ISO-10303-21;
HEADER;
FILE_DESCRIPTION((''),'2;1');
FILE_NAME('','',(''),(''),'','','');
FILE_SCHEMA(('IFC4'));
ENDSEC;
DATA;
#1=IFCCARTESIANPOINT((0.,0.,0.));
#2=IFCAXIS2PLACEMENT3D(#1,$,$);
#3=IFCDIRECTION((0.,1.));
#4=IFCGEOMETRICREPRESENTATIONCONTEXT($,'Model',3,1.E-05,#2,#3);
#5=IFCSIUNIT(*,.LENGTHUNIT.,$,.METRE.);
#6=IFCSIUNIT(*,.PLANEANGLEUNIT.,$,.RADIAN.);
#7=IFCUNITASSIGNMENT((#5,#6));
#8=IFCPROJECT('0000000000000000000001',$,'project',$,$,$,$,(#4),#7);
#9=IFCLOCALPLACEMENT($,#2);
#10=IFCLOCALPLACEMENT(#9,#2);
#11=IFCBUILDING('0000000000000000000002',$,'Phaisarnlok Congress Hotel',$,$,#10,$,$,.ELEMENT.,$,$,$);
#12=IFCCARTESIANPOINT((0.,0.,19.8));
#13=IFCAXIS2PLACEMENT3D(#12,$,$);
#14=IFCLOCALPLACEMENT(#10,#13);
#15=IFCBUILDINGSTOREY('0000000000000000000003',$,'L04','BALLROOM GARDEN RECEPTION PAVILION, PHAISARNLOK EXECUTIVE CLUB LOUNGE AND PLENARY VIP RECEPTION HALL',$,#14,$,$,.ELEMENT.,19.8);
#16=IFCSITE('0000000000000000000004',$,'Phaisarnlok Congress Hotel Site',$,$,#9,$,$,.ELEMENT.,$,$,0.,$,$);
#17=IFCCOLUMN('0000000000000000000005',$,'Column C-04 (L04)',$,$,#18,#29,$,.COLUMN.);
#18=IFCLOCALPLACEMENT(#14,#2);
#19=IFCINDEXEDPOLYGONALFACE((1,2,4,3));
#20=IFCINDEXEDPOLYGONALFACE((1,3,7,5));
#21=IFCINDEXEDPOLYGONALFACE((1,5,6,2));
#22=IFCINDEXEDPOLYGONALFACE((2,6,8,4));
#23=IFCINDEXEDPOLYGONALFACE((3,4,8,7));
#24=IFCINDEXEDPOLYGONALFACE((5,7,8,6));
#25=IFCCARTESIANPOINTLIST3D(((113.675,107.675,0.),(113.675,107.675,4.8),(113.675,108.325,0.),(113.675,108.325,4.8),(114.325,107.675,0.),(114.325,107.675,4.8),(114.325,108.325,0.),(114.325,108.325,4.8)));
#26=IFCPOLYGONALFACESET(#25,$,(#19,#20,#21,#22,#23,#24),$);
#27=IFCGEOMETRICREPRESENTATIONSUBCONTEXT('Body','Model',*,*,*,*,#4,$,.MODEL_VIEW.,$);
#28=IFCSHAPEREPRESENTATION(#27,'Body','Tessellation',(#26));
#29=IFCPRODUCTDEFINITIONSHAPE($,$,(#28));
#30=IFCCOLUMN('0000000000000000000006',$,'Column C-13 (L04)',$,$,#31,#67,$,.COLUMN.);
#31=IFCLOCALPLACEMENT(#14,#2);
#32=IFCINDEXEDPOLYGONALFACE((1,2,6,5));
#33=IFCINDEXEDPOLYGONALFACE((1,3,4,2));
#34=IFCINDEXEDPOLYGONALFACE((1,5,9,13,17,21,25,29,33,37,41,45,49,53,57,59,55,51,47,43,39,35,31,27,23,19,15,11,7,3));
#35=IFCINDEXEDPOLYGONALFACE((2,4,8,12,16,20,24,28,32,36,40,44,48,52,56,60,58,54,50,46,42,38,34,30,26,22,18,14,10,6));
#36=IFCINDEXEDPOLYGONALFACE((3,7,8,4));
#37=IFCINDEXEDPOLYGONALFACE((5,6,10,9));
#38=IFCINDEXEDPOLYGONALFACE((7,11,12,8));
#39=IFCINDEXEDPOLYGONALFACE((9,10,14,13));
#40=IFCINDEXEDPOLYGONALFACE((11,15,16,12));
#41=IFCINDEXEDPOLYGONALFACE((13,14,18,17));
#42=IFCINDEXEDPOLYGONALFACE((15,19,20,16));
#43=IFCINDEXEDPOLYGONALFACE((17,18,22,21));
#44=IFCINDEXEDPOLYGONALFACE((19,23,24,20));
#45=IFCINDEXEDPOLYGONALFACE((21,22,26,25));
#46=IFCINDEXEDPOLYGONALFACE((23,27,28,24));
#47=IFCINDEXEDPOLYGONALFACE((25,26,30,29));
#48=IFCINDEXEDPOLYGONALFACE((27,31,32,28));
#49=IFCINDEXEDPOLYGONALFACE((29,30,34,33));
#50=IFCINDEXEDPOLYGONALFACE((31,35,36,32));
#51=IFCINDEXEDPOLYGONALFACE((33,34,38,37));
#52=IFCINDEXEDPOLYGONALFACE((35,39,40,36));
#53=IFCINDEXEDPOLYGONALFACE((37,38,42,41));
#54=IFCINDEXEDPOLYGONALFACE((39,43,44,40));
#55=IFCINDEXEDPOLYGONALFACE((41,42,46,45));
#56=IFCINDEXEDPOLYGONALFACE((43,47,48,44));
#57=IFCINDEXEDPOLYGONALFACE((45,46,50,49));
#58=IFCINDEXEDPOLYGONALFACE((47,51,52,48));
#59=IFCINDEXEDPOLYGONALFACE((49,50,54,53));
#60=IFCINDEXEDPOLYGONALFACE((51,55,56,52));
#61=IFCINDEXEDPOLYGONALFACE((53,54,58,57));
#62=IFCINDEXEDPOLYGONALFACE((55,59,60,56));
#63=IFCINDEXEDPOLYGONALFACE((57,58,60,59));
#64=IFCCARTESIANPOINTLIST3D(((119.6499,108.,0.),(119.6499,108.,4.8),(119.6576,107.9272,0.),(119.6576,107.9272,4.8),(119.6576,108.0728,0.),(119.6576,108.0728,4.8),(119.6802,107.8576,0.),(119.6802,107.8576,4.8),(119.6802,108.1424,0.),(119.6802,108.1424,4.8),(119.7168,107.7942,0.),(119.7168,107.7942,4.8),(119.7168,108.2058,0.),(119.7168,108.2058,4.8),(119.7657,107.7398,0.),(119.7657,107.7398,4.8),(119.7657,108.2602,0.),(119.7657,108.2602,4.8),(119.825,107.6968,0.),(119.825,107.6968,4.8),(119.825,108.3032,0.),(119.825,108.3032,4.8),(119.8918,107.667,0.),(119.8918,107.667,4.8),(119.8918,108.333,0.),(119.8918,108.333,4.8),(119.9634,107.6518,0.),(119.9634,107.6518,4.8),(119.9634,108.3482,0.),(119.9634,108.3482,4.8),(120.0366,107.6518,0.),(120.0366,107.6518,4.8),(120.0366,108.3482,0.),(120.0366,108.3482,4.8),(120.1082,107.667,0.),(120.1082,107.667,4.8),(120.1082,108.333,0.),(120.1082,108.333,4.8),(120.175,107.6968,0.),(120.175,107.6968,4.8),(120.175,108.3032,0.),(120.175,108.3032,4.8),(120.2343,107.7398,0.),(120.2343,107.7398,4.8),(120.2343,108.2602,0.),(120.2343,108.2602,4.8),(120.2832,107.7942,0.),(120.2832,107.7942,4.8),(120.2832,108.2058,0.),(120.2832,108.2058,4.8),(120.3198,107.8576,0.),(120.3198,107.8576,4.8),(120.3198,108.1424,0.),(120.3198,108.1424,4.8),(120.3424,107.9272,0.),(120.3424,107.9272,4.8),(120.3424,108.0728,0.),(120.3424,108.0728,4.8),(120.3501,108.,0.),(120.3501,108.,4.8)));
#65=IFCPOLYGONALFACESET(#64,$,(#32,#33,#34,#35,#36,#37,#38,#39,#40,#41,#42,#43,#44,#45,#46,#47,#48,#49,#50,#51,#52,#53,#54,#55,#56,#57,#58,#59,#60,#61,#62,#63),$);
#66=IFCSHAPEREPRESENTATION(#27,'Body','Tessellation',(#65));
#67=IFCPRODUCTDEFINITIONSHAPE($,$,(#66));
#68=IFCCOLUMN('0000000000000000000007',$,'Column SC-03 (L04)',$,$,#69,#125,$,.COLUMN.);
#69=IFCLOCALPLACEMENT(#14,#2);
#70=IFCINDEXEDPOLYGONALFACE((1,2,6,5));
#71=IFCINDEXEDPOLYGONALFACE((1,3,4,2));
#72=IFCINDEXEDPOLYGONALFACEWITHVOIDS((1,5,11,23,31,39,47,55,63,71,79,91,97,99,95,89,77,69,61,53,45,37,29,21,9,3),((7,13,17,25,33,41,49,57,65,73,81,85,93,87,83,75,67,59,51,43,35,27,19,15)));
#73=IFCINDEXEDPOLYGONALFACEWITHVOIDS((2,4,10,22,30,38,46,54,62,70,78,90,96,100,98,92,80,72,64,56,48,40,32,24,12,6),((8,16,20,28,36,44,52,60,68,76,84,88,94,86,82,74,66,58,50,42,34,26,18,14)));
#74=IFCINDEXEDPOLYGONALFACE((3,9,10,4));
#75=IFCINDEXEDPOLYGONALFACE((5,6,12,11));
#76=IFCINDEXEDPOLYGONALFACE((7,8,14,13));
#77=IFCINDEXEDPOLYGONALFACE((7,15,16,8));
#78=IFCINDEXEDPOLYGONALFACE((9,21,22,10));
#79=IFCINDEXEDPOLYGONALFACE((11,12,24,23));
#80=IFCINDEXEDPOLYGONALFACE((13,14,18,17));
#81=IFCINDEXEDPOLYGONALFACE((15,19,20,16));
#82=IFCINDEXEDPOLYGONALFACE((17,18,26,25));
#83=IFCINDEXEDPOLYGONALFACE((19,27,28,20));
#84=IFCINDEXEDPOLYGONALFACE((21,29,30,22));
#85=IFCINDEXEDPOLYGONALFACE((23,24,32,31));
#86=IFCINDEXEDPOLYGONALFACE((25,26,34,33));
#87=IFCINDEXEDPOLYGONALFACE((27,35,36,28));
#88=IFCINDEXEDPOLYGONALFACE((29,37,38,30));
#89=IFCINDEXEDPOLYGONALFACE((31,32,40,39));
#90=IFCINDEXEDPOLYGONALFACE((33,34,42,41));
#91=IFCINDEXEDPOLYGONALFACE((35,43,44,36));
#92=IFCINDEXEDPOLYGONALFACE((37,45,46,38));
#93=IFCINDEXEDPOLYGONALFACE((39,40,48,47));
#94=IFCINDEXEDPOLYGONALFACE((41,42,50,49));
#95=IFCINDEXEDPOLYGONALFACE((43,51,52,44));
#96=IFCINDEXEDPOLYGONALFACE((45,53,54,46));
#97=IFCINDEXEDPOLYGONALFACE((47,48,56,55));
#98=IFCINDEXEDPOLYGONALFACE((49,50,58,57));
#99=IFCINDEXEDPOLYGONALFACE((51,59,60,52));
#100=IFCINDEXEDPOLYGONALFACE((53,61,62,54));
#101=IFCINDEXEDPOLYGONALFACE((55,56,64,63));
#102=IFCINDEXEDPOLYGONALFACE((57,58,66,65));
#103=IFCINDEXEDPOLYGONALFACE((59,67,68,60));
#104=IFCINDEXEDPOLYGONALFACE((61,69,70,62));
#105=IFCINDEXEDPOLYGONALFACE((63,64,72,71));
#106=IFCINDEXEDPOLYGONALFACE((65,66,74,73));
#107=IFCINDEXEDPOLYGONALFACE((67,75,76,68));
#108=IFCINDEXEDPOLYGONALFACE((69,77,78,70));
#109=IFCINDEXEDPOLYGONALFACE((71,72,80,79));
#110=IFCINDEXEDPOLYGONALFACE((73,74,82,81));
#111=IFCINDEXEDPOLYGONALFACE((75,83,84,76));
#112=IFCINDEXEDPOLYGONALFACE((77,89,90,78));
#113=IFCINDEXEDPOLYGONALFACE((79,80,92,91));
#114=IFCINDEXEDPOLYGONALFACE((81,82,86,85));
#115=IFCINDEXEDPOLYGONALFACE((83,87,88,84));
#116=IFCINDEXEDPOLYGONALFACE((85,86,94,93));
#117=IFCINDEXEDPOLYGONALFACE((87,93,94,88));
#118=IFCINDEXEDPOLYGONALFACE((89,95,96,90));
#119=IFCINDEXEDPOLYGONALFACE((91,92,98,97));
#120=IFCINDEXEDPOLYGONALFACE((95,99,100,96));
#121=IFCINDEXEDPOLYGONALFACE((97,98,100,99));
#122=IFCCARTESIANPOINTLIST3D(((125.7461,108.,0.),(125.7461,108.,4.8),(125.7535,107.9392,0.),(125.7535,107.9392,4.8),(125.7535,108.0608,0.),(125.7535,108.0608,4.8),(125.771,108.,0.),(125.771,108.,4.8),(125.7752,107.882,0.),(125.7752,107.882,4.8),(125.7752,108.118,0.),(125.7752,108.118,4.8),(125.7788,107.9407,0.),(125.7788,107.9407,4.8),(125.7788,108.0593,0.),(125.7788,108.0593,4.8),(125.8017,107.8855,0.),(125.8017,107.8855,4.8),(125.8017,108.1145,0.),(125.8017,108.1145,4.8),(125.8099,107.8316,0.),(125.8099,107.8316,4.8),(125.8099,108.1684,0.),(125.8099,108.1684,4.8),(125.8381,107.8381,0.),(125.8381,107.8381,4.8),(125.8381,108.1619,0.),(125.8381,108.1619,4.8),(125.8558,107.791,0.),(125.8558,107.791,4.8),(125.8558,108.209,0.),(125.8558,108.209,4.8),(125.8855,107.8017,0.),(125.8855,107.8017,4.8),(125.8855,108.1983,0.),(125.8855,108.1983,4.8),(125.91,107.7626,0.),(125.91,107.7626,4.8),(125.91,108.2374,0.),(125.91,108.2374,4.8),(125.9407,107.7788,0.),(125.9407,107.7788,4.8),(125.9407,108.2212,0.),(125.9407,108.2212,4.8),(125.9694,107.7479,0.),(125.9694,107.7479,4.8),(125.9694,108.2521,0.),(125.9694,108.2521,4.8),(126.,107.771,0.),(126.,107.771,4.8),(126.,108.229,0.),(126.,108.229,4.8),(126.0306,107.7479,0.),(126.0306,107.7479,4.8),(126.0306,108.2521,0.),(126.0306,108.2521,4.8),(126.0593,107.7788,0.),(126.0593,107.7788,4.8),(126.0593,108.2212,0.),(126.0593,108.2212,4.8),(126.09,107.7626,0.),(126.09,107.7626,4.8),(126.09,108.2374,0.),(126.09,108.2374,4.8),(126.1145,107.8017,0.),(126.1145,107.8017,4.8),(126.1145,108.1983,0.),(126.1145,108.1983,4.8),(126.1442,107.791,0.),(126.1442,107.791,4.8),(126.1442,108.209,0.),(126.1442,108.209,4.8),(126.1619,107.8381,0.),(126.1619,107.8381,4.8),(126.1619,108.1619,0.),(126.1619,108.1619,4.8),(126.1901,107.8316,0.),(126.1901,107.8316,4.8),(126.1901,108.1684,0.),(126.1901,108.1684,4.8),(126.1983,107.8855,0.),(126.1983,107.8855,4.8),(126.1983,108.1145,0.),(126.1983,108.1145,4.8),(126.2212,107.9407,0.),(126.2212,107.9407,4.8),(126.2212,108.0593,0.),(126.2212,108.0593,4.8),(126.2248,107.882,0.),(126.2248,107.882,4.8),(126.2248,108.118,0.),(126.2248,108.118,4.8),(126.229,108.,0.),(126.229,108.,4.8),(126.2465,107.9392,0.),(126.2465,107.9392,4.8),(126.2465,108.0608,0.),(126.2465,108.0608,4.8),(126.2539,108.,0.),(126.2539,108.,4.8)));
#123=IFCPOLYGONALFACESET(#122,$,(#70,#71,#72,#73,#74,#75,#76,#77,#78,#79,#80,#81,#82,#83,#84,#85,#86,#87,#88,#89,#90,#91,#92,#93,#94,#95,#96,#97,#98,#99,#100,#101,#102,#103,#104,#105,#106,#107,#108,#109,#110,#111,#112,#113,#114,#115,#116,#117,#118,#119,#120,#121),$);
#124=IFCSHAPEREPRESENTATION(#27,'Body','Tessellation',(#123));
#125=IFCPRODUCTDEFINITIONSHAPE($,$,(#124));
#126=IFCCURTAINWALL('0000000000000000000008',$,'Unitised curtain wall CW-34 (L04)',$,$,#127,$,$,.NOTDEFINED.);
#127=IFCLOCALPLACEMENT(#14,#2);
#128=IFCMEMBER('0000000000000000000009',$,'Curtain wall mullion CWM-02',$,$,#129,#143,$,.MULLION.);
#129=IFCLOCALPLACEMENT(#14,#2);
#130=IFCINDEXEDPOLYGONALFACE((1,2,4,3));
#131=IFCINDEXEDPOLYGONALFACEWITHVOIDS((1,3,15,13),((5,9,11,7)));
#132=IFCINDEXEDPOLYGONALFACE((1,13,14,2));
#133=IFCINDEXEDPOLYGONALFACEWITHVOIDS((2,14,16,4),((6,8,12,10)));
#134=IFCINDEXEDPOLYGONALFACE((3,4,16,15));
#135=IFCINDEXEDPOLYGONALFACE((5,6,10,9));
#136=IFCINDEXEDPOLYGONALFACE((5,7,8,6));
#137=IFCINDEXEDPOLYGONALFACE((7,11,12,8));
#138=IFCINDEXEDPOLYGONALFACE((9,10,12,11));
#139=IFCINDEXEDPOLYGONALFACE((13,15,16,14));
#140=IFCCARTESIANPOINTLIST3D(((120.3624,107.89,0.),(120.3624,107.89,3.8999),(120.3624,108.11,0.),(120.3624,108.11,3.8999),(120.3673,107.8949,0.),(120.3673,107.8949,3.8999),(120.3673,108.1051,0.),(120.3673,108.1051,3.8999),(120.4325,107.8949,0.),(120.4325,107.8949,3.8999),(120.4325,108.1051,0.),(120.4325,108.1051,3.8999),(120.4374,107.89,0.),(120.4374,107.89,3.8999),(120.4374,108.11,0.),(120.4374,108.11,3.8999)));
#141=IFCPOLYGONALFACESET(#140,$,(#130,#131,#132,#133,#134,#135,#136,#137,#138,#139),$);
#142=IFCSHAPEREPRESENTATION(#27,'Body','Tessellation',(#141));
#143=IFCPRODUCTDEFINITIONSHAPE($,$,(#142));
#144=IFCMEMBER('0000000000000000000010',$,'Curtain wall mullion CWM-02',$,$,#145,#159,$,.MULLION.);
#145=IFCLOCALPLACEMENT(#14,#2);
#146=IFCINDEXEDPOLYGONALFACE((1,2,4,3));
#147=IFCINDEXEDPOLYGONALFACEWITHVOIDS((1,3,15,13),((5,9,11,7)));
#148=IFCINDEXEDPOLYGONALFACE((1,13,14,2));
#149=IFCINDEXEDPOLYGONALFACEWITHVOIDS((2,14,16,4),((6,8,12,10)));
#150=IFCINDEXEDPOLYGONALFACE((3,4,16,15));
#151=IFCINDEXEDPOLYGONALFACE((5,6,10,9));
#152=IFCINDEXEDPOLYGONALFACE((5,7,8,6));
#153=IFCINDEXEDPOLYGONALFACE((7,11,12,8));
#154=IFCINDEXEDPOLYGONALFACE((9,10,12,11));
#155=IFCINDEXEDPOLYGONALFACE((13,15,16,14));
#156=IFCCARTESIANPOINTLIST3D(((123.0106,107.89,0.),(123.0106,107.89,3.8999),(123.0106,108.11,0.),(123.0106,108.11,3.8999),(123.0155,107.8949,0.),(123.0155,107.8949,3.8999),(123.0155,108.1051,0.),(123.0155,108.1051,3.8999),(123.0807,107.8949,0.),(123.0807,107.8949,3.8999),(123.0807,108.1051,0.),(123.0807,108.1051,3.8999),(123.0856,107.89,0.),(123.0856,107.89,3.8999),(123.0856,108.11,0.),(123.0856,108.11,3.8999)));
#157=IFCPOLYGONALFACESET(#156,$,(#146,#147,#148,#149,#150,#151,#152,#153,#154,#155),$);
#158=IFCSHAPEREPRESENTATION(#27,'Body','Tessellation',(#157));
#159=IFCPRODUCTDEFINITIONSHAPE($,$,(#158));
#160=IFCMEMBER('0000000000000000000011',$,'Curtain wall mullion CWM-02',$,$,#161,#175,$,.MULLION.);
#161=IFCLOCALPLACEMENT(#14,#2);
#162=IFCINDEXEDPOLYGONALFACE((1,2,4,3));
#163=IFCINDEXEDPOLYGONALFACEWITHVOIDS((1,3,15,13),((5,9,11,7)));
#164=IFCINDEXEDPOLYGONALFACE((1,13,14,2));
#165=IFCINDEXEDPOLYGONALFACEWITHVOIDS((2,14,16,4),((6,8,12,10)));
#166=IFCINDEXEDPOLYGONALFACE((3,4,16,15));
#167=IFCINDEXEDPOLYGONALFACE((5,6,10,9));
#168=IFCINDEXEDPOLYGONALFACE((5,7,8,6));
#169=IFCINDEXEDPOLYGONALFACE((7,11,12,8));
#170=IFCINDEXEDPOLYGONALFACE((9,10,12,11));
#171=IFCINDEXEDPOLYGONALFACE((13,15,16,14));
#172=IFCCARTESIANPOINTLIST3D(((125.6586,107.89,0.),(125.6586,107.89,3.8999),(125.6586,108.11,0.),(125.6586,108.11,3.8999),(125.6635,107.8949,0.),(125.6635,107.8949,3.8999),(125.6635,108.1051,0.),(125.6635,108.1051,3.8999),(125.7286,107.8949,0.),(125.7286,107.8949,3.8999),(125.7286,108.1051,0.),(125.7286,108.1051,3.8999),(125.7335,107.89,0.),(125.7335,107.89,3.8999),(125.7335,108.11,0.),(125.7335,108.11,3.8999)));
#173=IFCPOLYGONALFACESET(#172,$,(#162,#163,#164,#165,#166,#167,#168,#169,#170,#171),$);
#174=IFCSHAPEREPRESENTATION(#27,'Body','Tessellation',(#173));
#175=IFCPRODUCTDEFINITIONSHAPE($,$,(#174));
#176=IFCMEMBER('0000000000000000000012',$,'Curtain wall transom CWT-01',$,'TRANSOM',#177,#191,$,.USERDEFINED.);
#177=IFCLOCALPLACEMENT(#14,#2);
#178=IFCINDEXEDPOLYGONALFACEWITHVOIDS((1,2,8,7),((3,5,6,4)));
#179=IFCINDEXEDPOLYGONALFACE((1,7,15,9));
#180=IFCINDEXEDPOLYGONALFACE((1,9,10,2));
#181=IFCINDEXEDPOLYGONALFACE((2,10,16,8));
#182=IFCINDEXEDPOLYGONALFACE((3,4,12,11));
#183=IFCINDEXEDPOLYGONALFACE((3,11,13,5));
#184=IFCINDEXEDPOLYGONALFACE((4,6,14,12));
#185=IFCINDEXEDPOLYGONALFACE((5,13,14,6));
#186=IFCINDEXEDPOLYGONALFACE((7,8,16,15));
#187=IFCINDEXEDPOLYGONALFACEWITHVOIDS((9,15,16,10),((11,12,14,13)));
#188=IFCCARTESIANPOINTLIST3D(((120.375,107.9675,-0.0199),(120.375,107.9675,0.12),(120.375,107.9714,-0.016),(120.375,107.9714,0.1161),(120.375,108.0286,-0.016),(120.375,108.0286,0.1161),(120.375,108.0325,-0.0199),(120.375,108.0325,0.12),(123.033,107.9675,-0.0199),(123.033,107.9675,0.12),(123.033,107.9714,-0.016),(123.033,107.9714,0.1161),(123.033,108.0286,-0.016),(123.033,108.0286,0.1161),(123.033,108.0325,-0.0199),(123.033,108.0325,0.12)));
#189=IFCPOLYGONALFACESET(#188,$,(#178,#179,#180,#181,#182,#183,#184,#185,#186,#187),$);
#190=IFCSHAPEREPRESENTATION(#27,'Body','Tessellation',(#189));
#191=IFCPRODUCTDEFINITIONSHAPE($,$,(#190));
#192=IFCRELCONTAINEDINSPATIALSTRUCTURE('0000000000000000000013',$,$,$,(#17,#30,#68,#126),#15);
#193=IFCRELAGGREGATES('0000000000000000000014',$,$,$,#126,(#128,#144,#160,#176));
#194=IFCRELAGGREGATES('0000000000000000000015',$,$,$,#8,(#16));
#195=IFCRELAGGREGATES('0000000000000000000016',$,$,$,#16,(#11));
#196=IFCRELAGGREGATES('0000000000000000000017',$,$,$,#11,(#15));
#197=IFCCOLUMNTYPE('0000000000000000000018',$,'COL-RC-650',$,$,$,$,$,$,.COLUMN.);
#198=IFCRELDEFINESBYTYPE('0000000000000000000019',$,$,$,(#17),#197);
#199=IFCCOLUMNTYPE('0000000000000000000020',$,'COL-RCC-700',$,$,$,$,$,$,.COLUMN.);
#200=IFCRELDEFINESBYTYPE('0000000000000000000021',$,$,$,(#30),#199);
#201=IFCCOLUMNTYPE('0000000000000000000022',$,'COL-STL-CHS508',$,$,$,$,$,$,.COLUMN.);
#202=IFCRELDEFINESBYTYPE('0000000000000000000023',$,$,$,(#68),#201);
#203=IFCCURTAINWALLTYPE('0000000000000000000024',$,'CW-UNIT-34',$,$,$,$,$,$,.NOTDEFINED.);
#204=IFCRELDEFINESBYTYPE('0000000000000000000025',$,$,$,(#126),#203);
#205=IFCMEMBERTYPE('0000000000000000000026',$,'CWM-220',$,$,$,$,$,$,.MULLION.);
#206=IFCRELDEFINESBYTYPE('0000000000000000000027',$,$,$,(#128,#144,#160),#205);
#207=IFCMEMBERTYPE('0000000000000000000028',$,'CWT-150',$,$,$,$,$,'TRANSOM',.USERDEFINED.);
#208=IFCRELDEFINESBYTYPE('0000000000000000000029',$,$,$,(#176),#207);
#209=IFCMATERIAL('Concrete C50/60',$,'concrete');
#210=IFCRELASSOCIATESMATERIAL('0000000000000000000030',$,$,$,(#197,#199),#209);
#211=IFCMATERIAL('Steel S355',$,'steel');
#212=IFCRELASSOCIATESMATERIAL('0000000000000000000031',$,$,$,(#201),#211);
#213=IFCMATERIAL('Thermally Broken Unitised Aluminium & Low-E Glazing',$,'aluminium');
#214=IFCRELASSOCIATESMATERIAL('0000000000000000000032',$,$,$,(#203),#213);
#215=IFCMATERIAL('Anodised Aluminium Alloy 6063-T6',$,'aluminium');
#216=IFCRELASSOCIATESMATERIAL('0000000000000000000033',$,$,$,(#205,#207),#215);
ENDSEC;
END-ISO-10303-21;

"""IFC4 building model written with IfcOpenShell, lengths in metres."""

from ifc_helpers import new_model, si_unit, direction, frame, origin, origin_2d, place, context, subcontext, project, spatial, rectangle, hollow_rectangle, circle, hollow_circle, extrude, material, material_profile, profile_set, type_object, element, aggregate, save


model = new_model("IFC4")

# Units and contexts
model_context = context("Model", 3, precision=1e-05, world=origin(), true_north=direction((0.0, 1.0)))
body_context = subcontext(model_context, "Body", "Model", "MODEL_VIEW")
ifc_project = project(units=[si_unit("LENGTHUNIT", "METRE"), si_unit("PLANEANGLEUNIT", "RADIAN")], contexts=[model_context])

# Site, building, storey
site_placement = place(None, origin())
site = spatial("IfcSite", under=ifc_project, at=site_placement, Name="Phaisarnlok Congress Hotel Site", CompositionType="ELEMENT", RefElevation=0.0)
building_placement = place(site_placement, origin())
building = spatial("IfcBuilding", under=site, at=building_placement, Name="Phaisarnlok Congress Hotel", CompositionType="ELEMENT")
storey_placement = place(building_placement, frame((0.0, 0.0, 19.8)))
storey = spatial("IfcBuildingStorey", under=building, at=storey_placement, Name="L04", Description="BALLROOM GARDEN RECEPTION PAVILION, PHAISARNLOK EXECUTIVE CLUB LOUNGE AND PLENARY VIP RECEPTION HALL", CompositionType="ELEMENT", Elevation=19.8)

# Columns
ifc_material_1 = material(Name="Concrete C50/60", Category="concrete")
ifc_material_profile_1 = material_profile(ifc_material_1, rectangle(XDim=0.6499, YDim=0.6499, at=origin_2d()), Name="RC 650x650")
ifc_profile_set_1 = profile_set([ifc_material_profile_1], Name="Concrete C50/60")
column_type_1 = type_object("IfcColumnType", Name="COL-RC-650", PredefinedType="COLUMN", material=ifc_profile_set_1)
column_1_placement = place(storey_placement, frame((114.0, 108.0, 0.0), z_axis=(0.0, 0.0, 1.0), x_axis=(1.0, 0.0, 0.0)))
element("IfcColumn", 1, at=column_1_placement, inside=storey, type_object=column_type_1, Name="Column C-04 (L04)", PredefinedType="COLUMN", context=body_context, shape_type="SweptSolid", body=[
    extrude(rectangle(XDim=0.6499, YDim=0.6499, at=origin_2d()), origin(), (0.0, 0.0, 1.0), 4.8),
])
ifc_material_profile_2 = material_profile(ifc_material_1, circle(Radius=0.3501, at=origin_2d()), Name="RCC D700")
ifc_profile_set_2 = profile_set([ifc_material_profile_2], Name="Concrete C50/60")
column_type_2 = type_object("IfcColumnType", Name="COL-RCC-700", PredefinedType="COLUMN", material=ifc_profile_set_2)
column_2_placement = place(storey_placement, frame((120.0, 108.0, 0.0), z_axis=(0.0, 0.0, 1.0), x_axis=(1.0, 0.0, 0.0)))
element("IfcColumn", 2, at=column_2_placement, inside=storey, type_object=column_type_2, Name="Column C-13 (L04)", PredefinedType="COLUMN", context=body_context, shape_type="SweptSolid", body=[
    extrude(circle(Radius=0.3501, at=origin_2d()), origin(), (0.0, 0.0, 1.0), 4.8),
])
ifc_material_2 = material(Name="Steel S355", Category="steel")
ifc_material_profile_3 = material_profile(ifc_material_2, hollow_circle(Radius=0.2539, WallThickness=0.0249, at=origin_2d()), Name="CHS 508x25")
ifc_profile_set_3 = profile_set([ifc_material_profile_3], Name="Steel S355")
column_type_3 = type_object("IfcColumnType", Name="COL-STL-CHS508", PredefinedType="COLUMN", material=ifc_profile_set_3)
column_3_placement = place(storey_placement, frame((126.0, 108.0, 0.0), z_axis=(0.0, 0.0, 1.0), x_axis=(1.0, 0.0, 0.0)))
element("IfcColumn", 3, at=column_3_placement, inside=storey, type_object=column_type_3, Name="Column SC-03 (L04)", PredefinedType="COLUMN", context=body_context, shape_type="SweptSolid", body=[
    extrude(hollow_circle(Radius=0.2539, WallThickness=0.0249, at=origin_2d()), origin(), (0.0, 0.0, 1.0), 4.8),
])

# Curtain wall, members
ifc_material_3 = material(Name="Thermally Broken Unitised Aluminium & Low-E Glazing", Category="aluminium")
curtain_wall_type = type_object("IfcCurtainWallType", Name="CW-UNIT-34", PredefinedType="NOTDEFINED", material=ifc_material_3)
curtain_wall_placement = place(storey_placement, origin())
curtain_wall = element("IfcCurtainWall", 4, at=curtain_wall_placement, inside=storey, type_object=curtain_wall_type, Name="Unitised curtain wall CW-34 (L04)", PredefinedType="NOTDEFINED")
ifc_material_4 = material(Name="Anodised Aluminium Alloy 6063-T6", Category="aluminium")
ifc_material_profile_4 = material_profile(ifc_material_4, hollow_rectangle(XDim=0.075, YDim=0.22, WallThickness=0.0049, at=origin_2d()), Name="ALU-M 75x220x5")
ifc_profile_set_4 = profile_set([ifc_material_profile_4], Name="Anodised Aluminium Alloy 6063-T6")
member_type_1 = type_object("IfcMemberType", Name="CWM-220", PredefinedType="MULLION", material=ifc_profile_set_4)
member_1_placement = place(storey_placement, frame((120.3999, 108.0, 0.0), z_axis=(0.0, 0.0, 1.0), x_axis=(1.0, 0.0, 0.0)))
member_1 = element("IfcMember", 5, at=member_1_placement, type_object=member_type_1, Name="Curtain wall mullion CWM-02", PredefinedType="MULLION", context=body_context, shape_type="SweptSolid", body=[
    extrude(hollow_rectangle(XDim=0.075, YDim=0.22, WallThickness=0.0049, at=origin_2d()), origin(), (0.0, 0.0, 1.0), 3.8999),
])
member_2_placement = place(storey_placement, frame((123.0481, 108.0, 0.0), z_axis=(0.0, 0.0, 1.0), x_axis=(1.0, 0.0, 0.0)))
member_2 = element("IfcMember", 6, at=member_2_placement, type_object=member_type_1, Name="Curtain wall mullion CWM-02", PredefinedType="MULLION", context=body_context, shape_type="SweptSolid", body=[
    extrude(hollow_rectangle(XDim=0.075, YDim=0.22, WallThickness=0.0049, at=origin_2d()), origin(), (0.0, 0.0, 1.0), 3.8999),
])
member_3_placement = place(storey_placement, frame((125.696, 108.0, 0.0), z_axis=(0.0, 0.0, 1.0), x_axis=(1.0, 0.0, 0.0)))
member_3 = element("IfcMember", 7, at=member_3_placement, type_object=member_type_1, Name="Curtain wall mullion CWM-02", PredefinedType="MULLION", context=body_context, shape_type="SweptSolid", body=[
    extrude(hollow_rectangle(XDim=0.075, YDim=0.22, WallThickness=0.0049, at=origin_2d()), origin(), (0.0, 0.0, 1.0), 3.8999),
])
ifc_material_profile_5 = material_profile(ifc_material_4, hollow_rectangle(XDim=0.0649, YDim=0.1399, WallThickness=0.0039, at=origin_2d()), Name="ALU-T 65x140x4")
ifc_profile_set_5 = profile_set([ifc_material_profile_5], Name="Anodised Aluminium Alloy 6063-T6")
member_type_2 = type_object("IfcMemberType", Name="CWT-150", ElementType="TRANSOM", PredefinedType="USERDEFINED", material=ifc_profile_set_5)
member_4_placement = place(storey_placement, frame((120.375, 108.0, 0.05), z_axis=(1.0, 0.0, 0.0), x_axis=(0.0, 1.0, 0.0)))
member_4 = element("IfcMember", 8, at=member_4_placement, type_object=member_type_2, Name="Curtain wall transom CWT-01", ObjectType="TRANSOM", PredefinedType="USERDEFINED", context=body_context, shape_type="SweptSolid", body=[
    extrude(hollow_rectangle(XDim=0.0649, YDim=0.1399, WallThickness=0.0039, at=origin_2d()), origin(), (0.0, 0.0, 1.0), 2.658),
])

aggregate(curtain_wall, [member_1, member_2, member_3, member_4])

save(model, "model.ifc")
